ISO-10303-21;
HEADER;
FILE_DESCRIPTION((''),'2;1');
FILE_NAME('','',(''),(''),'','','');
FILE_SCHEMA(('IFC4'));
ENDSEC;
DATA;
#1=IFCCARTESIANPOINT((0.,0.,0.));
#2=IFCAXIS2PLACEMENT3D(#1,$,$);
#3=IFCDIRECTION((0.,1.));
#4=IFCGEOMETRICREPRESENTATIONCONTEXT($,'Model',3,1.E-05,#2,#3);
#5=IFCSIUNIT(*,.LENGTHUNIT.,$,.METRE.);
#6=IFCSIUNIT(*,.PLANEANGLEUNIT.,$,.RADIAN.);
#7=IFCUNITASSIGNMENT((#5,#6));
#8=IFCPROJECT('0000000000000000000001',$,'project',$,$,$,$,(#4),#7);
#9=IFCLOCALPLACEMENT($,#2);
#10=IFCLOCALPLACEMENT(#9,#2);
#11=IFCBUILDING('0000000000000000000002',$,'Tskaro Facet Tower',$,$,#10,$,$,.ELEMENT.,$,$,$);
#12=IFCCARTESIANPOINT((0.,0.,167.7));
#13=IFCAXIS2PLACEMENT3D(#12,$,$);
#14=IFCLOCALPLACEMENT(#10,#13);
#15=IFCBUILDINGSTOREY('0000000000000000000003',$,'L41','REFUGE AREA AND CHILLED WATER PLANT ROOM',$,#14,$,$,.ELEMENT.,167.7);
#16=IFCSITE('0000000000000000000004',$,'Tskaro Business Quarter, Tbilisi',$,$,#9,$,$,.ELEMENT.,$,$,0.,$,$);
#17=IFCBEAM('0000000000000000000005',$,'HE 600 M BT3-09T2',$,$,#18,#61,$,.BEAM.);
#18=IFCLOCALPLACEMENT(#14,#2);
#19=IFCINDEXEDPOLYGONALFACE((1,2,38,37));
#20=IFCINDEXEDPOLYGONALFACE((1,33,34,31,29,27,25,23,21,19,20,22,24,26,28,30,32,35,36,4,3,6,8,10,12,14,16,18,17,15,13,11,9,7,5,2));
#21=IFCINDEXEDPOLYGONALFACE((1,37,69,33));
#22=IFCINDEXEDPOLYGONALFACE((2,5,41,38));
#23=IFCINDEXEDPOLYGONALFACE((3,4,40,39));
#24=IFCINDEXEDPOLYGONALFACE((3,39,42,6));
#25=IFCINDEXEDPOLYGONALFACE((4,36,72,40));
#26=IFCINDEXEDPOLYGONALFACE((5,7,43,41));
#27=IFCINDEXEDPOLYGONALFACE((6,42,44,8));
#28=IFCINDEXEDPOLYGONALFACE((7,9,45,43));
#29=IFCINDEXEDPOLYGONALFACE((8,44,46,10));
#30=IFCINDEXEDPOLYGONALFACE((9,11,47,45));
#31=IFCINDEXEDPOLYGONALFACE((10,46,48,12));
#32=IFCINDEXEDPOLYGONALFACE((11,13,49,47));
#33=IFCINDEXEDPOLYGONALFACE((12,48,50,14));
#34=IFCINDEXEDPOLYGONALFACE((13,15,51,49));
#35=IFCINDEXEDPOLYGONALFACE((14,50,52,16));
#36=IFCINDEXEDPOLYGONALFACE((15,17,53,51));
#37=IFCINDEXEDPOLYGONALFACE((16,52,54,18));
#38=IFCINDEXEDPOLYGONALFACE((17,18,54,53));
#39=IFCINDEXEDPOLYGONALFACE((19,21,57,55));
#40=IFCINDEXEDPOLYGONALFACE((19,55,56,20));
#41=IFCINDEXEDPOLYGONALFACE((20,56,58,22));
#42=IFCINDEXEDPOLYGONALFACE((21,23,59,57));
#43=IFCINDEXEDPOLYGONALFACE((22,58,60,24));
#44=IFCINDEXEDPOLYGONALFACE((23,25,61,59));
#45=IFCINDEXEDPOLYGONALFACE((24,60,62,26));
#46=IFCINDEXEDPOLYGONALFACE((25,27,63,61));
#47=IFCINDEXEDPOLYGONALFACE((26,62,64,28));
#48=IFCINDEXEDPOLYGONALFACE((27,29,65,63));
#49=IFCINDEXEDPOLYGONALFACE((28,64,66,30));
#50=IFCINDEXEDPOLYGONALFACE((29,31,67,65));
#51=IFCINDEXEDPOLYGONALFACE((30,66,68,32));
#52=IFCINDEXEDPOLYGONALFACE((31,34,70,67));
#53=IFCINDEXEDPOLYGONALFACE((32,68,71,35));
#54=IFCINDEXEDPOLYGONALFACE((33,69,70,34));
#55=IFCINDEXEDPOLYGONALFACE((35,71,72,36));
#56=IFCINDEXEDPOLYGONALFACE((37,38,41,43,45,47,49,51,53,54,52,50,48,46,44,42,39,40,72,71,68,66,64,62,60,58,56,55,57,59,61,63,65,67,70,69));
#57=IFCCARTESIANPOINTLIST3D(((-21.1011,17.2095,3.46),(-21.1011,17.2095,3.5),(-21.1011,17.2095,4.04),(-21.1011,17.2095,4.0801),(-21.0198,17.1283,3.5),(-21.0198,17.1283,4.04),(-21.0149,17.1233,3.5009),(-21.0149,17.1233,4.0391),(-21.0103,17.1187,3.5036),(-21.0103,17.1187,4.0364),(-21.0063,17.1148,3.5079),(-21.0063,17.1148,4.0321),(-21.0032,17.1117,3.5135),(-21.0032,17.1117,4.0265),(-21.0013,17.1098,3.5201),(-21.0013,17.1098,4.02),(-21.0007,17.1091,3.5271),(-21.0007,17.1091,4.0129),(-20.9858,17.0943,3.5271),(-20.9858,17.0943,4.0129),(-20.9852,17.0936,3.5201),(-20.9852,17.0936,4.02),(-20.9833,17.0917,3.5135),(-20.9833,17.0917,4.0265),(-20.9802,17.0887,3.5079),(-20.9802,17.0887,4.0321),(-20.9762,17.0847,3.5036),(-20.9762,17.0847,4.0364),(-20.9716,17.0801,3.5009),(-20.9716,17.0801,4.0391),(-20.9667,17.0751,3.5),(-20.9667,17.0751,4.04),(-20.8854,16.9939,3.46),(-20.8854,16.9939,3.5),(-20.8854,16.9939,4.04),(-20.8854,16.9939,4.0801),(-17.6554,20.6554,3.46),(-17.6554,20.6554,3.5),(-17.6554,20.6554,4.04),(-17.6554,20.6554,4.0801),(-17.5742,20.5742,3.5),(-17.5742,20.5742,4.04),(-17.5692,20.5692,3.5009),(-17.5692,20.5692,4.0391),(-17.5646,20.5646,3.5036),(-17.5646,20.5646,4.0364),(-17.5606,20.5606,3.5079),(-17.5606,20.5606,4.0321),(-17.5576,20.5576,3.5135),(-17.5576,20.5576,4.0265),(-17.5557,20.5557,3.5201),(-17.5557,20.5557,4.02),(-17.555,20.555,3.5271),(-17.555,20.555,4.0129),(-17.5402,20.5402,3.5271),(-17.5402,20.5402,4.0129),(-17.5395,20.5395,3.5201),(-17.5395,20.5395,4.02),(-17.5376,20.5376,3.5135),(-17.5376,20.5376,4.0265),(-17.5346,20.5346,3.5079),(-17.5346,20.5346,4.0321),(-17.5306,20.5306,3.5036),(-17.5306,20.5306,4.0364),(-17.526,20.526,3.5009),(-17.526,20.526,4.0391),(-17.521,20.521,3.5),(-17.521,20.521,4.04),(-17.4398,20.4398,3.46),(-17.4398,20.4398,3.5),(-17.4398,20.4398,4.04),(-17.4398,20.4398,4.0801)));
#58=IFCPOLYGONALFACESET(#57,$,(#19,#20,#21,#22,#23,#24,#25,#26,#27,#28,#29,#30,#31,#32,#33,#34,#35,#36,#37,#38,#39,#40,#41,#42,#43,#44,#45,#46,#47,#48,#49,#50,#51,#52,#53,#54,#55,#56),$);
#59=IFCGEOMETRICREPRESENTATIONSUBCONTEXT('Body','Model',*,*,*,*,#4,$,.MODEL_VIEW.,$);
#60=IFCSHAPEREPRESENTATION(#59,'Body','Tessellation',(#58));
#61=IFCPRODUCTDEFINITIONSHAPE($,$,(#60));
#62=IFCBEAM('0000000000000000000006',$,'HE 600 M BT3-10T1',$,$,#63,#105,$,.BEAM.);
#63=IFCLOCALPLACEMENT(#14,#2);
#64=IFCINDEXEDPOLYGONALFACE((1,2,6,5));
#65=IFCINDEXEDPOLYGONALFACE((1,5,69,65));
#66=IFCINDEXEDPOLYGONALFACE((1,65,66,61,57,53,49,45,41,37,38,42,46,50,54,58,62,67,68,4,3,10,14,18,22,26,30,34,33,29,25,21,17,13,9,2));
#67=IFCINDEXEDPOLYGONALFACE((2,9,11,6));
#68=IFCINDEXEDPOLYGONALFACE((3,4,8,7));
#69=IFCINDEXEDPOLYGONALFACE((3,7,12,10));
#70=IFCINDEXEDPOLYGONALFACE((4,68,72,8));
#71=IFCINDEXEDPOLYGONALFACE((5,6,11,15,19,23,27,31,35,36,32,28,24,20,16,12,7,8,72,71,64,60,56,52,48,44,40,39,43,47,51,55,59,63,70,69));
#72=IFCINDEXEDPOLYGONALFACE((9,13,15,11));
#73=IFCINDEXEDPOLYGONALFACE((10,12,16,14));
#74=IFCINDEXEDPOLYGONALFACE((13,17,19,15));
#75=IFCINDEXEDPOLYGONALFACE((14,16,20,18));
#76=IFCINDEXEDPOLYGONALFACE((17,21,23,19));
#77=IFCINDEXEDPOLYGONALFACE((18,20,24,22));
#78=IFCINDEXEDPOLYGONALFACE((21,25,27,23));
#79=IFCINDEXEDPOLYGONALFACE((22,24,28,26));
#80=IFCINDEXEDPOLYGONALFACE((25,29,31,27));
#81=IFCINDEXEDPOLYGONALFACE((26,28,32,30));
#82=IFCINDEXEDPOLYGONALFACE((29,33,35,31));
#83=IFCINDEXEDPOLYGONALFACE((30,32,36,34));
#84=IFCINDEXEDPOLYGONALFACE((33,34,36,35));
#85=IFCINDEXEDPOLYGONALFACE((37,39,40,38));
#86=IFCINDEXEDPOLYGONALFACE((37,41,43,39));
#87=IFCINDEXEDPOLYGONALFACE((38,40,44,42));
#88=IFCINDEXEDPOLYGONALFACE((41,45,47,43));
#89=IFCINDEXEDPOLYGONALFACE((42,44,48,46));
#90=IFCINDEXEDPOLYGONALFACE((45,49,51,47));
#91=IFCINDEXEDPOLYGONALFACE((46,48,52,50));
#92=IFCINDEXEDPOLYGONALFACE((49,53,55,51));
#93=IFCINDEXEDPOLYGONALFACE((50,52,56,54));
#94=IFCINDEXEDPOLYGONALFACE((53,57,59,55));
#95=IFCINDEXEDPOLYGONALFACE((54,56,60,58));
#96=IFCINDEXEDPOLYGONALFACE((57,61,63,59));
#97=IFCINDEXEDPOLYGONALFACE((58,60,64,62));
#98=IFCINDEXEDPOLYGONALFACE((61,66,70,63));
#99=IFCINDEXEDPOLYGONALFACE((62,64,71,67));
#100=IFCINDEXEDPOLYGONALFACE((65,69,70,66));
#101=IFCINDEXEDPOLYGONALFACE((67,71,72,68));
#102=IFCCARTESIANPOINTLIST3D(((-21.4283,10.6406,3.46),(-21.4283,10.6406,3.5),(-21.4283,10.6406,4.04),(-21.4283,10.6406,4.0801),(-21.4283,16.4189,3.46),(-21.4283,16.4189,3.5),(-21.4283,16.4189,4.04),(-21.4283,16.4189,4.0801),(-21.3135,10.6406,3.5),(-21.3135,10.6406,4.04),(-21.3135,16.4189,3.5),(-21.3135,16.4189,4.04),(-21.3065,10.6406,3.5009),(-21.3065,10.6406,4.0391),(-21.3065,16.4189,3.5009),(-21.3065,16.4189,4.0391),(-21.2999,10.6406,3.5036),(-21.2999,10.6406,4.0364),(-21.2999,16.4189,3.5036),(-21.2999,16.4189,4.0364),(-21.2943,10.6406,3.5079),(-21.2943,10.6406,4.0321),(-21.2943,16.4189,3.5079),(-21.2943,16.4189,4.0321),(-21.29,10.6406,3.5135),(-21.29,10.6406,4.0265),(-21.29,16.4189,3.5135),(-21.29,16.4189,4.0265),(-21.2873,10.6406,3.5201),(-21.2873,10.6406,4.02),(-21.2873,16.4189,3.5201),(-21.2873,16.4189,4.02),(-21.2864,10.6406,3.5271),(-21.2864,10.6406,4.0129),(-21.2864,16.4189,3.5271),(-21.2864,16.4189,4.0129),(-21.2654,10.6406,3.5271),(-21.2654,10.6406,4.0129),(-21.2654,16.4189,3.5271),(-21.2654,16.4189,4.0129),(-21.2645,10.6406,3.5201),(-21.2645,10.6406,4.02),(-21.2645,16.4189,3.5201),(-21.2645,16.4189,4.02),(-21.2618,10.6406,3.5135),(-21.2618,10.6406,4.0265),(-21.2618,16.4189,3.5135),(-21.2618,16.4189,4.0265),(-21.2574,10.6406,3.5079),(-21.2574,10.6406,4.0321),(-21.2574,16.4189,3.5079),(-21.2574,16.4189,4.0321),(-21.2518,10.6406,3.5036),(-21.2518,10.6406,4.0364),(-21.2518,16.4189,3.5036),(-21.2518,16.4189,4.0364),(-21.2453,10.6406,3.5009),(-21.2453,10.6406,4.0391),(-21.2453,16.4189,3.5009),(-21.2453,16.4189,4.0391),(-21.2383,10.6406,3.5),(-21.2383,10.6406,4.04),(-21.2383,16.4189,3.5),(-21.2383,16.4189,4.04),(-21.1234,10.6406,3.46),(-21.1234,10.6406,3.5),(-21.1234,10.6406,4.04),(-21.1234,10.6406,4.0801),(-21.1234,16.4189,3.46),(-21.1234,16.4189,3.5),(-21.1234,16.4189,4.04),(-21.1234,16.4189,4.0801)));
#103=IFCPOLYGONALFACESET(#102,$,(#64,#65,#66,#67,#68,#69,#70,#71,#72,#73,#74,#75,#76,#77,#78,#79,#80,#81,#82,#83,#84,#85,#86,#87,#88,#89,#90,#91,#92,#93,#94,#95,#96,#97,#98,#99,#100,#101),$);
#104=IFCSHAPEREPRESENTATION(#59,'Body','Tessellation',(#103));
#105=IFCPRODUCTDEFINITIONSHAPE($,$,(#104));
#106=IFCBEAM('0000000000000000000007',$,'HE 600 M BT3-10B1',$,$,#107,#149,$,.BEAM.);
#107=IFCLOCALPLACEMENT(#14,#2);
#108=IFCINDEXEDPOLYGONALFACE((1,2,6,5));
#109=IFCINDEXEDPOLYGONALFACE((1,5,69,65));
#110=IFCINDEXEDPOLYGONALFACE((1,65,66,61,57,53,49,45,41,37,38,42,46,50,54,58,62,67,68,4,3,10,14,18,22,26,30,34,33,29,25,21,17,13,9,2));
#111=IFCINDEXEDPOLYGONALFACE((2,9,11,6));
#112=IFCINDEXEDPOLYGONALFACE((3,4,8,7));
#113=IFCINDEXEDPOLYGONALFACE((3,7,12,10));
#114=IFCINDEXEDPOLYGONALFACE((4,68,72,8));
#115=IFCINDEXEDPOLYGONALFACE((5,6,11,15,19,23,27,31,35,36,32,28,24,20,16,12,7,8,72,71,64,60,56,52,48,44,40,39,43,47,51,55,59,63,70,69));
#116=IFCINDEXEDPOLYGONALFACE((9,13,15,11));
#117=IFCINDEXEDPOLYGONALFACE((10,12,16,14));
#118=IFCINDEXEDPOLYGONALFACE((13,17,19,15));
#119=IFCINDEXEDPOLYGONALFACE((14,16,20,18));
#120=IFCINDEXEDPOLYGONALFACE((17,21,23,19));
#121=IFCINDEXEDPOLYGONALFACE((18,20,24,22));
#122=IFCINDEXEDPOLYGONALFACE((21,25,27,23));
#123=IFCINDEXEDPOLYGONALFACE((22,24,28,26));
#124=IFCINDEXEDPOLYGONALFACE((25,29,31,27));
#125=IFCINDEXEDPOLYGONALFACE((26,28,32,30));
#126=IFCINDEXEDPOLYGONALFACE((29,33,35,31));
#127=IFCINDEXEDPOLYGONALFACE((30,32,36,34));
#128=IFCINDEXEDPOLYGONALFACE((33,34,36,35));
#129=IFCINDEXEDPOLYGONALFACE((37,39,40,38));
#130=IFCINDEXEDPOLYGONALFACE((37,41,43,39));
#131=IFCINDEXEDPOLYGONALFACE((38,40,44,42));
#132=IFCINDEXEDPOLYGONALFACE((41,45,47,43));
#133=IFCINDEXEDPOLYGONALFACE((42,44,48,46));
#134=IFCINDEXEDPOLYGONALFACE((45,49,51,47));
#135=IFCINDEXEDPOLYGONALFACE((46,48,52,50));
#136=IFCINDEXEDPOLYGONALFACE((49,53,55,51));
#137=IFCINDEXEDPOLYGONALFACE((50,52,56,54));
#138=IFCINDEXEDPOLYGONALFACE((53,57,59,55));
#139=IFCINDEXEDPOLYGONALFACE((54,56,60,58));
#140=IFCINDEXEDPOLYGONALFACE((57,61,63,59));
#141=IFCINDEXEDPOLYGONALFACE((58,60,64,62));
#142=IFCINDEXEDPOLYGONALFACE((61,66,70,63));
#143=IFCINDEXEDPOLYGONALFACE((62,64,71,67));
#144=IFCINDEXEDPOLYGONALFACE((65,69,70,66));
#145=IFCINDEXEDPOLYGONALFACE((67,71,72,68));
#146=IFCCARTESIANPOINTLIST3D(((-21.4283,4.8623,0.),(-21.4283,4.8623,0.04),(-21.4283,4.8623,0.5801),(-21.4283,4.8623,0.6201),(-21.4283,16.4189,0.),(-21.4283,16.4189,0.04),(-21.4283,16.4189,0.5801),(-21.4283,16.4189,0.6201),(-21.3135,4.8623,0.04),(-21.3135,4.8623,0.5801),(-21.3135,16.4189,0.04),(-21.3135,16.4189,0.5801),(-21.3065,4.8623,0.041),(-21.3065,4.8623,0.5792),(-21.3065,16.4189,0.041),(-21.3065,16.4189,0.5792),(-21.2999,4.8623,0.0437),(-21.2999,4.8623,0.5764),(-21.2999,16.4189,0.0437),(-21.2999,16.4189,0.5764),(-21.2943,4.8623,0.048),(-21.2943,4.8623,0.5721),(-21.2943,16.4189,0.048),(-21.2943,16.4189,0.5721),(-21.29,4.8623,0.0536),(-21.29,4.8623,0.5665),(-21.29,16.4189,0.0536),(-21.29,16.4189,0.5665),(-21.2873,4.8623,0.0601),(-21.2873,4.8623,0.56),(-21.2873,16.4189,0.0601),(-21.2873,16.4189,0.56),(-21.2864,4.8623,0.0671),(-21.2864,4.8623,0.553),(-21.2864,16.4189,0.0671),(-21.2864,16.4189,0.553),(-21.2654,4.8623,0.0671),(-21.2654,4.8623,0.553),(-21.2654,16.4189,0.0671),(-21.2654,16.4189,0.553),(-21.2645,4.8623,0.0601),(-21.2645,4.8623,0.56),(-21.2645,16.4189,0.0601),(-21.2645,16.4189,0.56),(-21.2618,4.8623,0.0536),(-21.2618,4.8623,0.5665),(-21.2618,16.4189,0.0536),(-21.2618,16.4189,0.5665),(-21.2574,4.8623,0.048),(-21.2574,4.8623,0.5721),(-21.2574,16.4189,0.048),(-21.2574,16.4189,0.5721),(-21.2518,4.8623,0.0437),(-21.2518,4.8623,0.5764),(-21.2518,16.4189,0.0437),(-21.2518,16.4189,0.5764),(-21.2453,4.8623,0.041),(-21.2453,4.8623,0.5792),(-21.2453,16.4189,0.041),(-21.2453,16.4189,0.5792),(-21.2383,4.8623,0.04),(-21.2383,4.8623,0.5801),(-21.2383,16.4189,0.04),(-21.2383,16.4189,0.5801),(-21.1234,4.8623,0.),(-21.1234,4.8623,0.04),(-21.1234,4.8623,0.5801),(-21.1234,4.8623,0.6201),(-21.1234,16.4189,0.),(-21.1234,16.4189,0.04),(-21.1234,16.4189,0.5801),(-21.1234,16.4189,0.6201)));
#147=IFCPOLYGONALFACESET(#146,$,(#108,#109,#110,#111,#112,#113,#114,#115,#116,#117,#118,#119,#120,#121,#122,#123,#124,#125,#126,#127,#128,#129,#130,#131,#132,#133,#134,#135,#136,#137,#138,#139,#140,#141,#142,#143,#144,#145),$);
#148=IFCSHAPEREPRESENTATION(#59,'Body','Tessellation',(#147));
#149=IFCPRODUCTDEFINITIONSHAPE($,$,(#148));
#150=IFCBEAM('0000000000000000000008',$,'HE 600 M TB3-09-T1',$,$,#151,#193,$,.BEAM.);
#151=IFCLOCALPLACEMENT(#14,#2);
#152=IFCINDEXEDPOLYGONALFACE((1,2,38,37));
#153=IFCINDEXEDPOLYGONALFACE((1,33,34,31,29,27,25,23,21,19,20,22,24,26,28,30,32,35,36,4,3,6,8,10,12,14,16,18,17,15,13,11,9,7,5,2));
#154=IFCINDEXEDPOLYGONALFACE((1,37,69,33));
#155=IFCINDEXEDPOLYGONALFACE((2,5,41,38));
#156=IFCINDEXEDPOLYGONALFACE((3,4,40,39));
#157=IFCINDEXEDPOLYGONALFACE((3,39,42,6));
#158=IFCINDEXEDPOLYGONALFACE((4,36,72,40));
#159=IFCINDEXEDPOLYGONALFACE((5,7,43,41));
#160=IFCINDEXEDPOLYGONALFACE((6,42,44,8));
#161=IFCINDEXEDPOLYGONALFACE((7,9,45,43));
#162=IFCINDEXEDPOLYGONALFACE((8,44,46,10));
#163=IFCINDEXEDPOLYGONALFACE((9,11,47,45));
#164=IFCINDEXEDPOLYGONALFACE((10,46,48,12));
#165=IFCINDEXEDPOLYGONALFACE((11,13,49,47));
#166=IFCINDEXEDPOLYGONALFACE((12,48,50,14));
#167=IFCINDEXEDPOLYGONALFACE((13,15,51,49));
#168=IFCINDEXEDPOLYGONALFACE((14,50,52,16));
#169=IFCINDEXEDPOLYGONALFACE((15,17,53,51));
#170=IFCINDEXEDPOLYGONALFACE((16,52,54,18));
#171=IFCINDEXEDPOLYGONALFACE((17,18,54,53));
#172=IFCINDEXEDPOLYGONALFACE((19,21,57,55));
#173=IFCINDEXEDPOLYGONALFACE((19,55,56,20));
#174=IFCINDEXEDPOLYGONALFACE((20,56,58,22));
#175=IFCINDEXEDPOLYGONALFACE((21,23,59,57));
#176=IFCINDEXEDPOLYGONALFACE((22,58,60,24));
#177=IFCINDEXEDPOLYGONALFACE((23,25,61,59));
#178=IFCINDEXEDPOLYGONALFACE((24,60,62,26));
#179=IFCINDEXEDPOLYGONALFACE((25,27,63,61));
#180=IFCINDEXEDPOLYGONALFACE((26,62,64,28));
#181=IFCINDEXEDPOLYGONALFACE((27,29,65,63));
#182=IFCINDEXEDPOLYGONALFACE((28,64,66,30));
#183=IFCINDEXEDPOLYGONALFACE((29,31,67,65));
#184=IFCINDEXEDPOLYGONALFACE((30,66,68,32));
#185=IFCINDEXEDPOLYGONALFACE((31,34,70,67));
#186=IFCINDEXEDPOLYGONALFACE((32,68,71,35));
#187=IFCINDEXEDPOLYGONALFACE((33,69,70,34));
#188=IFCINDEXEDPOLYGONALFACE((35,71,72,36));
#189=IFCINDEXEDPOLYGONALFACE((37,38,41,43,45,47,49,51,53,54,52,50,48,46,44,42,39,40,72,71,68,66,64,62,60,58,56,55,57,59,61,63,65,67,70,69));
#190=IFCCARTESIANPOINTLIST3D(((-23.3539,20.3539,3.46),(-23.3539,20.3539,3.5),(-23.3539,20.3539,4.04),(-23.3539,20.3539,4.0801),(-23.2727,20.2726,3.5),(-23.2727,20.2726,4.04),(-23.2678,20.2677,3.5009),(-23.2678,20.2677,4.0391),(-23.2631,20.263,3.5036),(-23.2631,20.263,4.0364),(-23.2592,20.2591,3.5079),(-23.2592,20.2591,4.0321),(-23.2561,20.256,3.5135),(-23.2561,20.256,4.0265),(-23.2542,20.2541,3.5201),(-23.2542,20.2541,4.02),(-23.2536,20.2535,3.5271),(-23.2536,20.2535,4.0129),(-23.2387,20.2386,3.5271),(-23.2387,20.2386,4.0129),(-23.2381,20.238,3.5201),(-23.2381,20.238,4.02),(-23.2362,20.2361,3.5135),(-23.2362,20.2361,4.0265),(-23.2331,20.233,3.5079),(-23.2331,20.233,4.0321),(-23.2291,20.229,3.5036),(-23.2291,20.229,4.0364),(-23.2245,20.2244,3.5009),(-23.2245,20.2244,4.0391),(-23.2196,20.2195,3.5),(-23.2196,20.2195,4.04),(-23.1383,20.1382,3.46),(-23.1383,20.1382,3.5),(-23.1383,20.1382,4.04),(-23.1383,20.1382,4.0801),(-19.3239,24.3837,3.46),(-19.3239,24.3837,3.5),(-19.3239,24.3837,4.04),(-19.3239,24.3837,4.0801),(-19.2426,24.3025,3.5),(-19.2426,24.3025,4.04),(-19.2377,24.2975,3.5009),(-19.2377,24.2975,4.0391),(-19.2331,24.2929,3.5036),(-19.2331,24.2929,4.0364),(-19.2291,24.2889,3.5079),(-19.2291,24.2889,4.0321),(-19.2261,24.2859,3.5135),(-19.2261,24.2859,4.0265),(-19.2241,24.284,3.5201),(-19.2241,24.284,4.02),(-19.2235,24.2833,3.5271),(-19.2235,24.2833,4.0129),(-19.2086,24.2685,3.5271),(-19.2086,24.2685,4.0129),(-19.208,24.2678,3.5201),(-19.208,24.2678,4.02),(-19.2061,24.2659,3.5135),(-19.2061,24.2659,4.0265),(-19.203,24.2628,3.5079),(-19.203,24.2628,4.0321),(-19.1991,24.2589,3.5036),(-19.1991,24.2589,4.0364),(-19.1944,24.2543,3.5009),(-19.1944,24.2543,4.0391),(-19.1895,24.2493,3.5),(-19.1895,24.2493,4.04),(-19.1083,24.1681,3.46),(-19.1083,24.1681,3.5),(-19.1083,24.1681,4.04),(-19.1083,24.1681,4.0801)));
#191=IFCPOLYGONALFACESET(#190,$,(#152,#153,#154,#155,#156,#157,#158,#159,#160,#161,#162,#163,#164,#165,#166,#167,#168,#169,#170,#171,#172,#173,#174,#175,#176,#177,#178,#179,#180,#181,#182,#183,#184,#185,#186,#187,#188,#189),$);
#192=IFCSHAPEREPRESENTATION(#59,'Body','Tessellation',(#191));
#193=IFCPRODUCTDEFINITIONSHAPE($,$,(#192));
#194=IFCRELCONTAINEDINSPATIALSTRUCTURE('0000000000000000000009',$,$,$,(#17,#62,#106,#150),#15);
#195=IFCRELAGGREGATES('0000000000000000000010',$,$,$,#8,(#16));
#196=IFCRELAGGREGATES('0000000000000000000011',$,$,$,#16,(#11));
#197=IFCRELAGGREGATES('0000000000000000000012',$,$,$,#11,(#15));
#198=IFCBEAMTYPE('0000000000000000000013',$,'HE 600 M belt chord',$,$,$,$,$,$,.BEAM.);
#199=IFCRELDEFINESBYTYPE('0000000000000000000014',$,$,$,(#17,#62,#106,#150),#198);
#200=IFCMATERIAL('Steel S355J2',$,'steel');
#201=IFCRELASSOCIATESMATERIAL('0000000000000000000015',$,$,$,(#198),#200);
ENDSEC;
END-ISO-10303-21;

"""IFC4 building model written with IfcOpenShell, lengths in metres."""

from ifc_helpers import new_model, si_unit, direction, frame, origin, origin_2d, place, context, subcontext, project, spatial, i_section, extrude, material, material_profile, profile_set, type_object, element, save


model = new_model("IFC4")

# Units and contexts
model_context = context("Model", 3, precision=1e-05, world=origin(), true_north=direction((0.0, 1.0)))
body_context = subcontext(model_context, "Body", "Model", "MODEL_VIEW")
ifc_project = project(units=[si_unit("LENGTHUNIT", "METRE"), si_unit("PLANEANGLEUNIT", "RADIAN")], contexts=[model_context])

# Site, building, storey
site_placement = place(None, origin())
site = spatial("IfcSite", under=ifc_project, at=site_placement, Name="Tskaro Business Quarter, Tbilisi", CompositionType="ELEMENT", RefElevation=0.0)
building_placement = place(site_placement, origin())
building = spatial("IfcBuilding", under=site, at=building_placement, Name="Tskaro Facet Tower", CompositionType="ELEMENT")
storey_placement = place(building_placement, frame((0.0, 0.0, 167.7)))
storey = spatial("IfcBuildingStorey", under=building, at=storey_placement, Name="L41", Description="REFUGE AREA AND CHILLED WATER PLANT ROOM", CompositionType="ELEMENT", Elevation=167.7)

# Shared definitions
ifc_material_1 = material(Name="Steel S355J2", Category="steel")

# Beams
ifc_material_profile_1 = material_profile(ifc_material_1, i_section(OverallWidth=0.3049, OverallDepth=0.6201, WebThickness=0.021, FlangeThickness=0.04, FilletRadius=0.0271, at=origin_2d()), Name="HE 600 M")
ifc_profile_set_1 = profile_set([ifc_material_profile_1], Name="Steel S355J2")
beam_type_1 = type_object("IfcBeamType", Name="HE 600 M belt chord", PredefinedType="BEAM", material=ifc_profile_set_1)
beam_1_placement = place(storey_placement, frame((-17.5476, 20.5476, 3.77), z_axis=(-0.707082, -0.707132, 0.0), x_axis=(0.707132, -0.707082, 0.0)))
element("IfcBeam", 1, at=beam_1_placement, inside=storey, type_object=beam_type_1, Name="HE 600 M BT3-09T2", PredefinedType="BEAM", context=body_context, shape_type="SweptSolid", body=[
    extrude(i_section(OverallWidth=0.3049, OverallDepth=0.6201, WebThickness=0.021, FlangeThickness=0.04, FilletRadius=0.0271, at=origin_2d()), origin(), (0.0, 0.0, 1.0), 4.873),
])
beam_2_placement = place(storey_placement, frame((-21.2759, 16.4189, 3.77), z_axis=(0.0, -1.0, 0.0), x_axis=(1.0, 0.0, 0.0)))
element("IfcBeam", 2, at=beam_2_placement, inside=storey, type_object=beam_type_1, Name="HE 600 M BT3-10T1", PredefinedType="BEAM", context=body_context, shape_type="SweptSolid", body=[
    extrude(i_section(OverallWidth=0.3049, OverallDepth=0.6201, WebThickness=0.021, FlangeThickness=0.04, FilletRadius=0.0271, at=origin_2d()), origin(), (0.0, 0.0, 1.0), 5.7783),
])
beam_3_placement = place(storey_placement, frame((-21.2759, 16.4189, 0.3101), z_axis=(0.0, -1.0, 0.0), x_axis=(1.0, 0.0, 0.0)))
element("IfcBeam", 3, at=beam_3_placement, inside=storey, type_object=beam_type_1, Name="HE 600 M BT3-10B1", PredefinedType="BEAM", context=body_context, shape_type="SweptSolid", body=[
    extrude(i_section(OverallWidth=0.3049, OverallDepth=0.6201, WebThickness=0.021, FlangeThickness=0.04, FilletRadius=0.0271, at=origin_2d()), origin(), (0.0, 0.0, 1.0), 11.5566),
])
for number, where, z_axis, x_axis, name in (
    (4, (-19.2161, 24.2759, 3.77), (-0.707128, -0.707085, 0.0), (0.707085, -0.707128, 0.0), "HE 600 M TB3-09-T1"),
):
    element("IfcBeam", number, at=place(storey_placement, frame(where, z_axis=z_axis, x_axis=x_axis)), inside=storey, type_object=beam_type_1, Name=name, PredefinedType="BEAM", context=body_context, shape_type="SweptSolid", body=[
        extrude(i_section(OverallWidth=0.3049, OverallDepth=0.6201, WebThickness=0.021, FlangeThickness=0.04, FilletRadius=0.0271, at=origin_2d()), origin(), (0.0, 0.0, 1.0), 5.6992),
    ])

save(model, "model.ifc")
